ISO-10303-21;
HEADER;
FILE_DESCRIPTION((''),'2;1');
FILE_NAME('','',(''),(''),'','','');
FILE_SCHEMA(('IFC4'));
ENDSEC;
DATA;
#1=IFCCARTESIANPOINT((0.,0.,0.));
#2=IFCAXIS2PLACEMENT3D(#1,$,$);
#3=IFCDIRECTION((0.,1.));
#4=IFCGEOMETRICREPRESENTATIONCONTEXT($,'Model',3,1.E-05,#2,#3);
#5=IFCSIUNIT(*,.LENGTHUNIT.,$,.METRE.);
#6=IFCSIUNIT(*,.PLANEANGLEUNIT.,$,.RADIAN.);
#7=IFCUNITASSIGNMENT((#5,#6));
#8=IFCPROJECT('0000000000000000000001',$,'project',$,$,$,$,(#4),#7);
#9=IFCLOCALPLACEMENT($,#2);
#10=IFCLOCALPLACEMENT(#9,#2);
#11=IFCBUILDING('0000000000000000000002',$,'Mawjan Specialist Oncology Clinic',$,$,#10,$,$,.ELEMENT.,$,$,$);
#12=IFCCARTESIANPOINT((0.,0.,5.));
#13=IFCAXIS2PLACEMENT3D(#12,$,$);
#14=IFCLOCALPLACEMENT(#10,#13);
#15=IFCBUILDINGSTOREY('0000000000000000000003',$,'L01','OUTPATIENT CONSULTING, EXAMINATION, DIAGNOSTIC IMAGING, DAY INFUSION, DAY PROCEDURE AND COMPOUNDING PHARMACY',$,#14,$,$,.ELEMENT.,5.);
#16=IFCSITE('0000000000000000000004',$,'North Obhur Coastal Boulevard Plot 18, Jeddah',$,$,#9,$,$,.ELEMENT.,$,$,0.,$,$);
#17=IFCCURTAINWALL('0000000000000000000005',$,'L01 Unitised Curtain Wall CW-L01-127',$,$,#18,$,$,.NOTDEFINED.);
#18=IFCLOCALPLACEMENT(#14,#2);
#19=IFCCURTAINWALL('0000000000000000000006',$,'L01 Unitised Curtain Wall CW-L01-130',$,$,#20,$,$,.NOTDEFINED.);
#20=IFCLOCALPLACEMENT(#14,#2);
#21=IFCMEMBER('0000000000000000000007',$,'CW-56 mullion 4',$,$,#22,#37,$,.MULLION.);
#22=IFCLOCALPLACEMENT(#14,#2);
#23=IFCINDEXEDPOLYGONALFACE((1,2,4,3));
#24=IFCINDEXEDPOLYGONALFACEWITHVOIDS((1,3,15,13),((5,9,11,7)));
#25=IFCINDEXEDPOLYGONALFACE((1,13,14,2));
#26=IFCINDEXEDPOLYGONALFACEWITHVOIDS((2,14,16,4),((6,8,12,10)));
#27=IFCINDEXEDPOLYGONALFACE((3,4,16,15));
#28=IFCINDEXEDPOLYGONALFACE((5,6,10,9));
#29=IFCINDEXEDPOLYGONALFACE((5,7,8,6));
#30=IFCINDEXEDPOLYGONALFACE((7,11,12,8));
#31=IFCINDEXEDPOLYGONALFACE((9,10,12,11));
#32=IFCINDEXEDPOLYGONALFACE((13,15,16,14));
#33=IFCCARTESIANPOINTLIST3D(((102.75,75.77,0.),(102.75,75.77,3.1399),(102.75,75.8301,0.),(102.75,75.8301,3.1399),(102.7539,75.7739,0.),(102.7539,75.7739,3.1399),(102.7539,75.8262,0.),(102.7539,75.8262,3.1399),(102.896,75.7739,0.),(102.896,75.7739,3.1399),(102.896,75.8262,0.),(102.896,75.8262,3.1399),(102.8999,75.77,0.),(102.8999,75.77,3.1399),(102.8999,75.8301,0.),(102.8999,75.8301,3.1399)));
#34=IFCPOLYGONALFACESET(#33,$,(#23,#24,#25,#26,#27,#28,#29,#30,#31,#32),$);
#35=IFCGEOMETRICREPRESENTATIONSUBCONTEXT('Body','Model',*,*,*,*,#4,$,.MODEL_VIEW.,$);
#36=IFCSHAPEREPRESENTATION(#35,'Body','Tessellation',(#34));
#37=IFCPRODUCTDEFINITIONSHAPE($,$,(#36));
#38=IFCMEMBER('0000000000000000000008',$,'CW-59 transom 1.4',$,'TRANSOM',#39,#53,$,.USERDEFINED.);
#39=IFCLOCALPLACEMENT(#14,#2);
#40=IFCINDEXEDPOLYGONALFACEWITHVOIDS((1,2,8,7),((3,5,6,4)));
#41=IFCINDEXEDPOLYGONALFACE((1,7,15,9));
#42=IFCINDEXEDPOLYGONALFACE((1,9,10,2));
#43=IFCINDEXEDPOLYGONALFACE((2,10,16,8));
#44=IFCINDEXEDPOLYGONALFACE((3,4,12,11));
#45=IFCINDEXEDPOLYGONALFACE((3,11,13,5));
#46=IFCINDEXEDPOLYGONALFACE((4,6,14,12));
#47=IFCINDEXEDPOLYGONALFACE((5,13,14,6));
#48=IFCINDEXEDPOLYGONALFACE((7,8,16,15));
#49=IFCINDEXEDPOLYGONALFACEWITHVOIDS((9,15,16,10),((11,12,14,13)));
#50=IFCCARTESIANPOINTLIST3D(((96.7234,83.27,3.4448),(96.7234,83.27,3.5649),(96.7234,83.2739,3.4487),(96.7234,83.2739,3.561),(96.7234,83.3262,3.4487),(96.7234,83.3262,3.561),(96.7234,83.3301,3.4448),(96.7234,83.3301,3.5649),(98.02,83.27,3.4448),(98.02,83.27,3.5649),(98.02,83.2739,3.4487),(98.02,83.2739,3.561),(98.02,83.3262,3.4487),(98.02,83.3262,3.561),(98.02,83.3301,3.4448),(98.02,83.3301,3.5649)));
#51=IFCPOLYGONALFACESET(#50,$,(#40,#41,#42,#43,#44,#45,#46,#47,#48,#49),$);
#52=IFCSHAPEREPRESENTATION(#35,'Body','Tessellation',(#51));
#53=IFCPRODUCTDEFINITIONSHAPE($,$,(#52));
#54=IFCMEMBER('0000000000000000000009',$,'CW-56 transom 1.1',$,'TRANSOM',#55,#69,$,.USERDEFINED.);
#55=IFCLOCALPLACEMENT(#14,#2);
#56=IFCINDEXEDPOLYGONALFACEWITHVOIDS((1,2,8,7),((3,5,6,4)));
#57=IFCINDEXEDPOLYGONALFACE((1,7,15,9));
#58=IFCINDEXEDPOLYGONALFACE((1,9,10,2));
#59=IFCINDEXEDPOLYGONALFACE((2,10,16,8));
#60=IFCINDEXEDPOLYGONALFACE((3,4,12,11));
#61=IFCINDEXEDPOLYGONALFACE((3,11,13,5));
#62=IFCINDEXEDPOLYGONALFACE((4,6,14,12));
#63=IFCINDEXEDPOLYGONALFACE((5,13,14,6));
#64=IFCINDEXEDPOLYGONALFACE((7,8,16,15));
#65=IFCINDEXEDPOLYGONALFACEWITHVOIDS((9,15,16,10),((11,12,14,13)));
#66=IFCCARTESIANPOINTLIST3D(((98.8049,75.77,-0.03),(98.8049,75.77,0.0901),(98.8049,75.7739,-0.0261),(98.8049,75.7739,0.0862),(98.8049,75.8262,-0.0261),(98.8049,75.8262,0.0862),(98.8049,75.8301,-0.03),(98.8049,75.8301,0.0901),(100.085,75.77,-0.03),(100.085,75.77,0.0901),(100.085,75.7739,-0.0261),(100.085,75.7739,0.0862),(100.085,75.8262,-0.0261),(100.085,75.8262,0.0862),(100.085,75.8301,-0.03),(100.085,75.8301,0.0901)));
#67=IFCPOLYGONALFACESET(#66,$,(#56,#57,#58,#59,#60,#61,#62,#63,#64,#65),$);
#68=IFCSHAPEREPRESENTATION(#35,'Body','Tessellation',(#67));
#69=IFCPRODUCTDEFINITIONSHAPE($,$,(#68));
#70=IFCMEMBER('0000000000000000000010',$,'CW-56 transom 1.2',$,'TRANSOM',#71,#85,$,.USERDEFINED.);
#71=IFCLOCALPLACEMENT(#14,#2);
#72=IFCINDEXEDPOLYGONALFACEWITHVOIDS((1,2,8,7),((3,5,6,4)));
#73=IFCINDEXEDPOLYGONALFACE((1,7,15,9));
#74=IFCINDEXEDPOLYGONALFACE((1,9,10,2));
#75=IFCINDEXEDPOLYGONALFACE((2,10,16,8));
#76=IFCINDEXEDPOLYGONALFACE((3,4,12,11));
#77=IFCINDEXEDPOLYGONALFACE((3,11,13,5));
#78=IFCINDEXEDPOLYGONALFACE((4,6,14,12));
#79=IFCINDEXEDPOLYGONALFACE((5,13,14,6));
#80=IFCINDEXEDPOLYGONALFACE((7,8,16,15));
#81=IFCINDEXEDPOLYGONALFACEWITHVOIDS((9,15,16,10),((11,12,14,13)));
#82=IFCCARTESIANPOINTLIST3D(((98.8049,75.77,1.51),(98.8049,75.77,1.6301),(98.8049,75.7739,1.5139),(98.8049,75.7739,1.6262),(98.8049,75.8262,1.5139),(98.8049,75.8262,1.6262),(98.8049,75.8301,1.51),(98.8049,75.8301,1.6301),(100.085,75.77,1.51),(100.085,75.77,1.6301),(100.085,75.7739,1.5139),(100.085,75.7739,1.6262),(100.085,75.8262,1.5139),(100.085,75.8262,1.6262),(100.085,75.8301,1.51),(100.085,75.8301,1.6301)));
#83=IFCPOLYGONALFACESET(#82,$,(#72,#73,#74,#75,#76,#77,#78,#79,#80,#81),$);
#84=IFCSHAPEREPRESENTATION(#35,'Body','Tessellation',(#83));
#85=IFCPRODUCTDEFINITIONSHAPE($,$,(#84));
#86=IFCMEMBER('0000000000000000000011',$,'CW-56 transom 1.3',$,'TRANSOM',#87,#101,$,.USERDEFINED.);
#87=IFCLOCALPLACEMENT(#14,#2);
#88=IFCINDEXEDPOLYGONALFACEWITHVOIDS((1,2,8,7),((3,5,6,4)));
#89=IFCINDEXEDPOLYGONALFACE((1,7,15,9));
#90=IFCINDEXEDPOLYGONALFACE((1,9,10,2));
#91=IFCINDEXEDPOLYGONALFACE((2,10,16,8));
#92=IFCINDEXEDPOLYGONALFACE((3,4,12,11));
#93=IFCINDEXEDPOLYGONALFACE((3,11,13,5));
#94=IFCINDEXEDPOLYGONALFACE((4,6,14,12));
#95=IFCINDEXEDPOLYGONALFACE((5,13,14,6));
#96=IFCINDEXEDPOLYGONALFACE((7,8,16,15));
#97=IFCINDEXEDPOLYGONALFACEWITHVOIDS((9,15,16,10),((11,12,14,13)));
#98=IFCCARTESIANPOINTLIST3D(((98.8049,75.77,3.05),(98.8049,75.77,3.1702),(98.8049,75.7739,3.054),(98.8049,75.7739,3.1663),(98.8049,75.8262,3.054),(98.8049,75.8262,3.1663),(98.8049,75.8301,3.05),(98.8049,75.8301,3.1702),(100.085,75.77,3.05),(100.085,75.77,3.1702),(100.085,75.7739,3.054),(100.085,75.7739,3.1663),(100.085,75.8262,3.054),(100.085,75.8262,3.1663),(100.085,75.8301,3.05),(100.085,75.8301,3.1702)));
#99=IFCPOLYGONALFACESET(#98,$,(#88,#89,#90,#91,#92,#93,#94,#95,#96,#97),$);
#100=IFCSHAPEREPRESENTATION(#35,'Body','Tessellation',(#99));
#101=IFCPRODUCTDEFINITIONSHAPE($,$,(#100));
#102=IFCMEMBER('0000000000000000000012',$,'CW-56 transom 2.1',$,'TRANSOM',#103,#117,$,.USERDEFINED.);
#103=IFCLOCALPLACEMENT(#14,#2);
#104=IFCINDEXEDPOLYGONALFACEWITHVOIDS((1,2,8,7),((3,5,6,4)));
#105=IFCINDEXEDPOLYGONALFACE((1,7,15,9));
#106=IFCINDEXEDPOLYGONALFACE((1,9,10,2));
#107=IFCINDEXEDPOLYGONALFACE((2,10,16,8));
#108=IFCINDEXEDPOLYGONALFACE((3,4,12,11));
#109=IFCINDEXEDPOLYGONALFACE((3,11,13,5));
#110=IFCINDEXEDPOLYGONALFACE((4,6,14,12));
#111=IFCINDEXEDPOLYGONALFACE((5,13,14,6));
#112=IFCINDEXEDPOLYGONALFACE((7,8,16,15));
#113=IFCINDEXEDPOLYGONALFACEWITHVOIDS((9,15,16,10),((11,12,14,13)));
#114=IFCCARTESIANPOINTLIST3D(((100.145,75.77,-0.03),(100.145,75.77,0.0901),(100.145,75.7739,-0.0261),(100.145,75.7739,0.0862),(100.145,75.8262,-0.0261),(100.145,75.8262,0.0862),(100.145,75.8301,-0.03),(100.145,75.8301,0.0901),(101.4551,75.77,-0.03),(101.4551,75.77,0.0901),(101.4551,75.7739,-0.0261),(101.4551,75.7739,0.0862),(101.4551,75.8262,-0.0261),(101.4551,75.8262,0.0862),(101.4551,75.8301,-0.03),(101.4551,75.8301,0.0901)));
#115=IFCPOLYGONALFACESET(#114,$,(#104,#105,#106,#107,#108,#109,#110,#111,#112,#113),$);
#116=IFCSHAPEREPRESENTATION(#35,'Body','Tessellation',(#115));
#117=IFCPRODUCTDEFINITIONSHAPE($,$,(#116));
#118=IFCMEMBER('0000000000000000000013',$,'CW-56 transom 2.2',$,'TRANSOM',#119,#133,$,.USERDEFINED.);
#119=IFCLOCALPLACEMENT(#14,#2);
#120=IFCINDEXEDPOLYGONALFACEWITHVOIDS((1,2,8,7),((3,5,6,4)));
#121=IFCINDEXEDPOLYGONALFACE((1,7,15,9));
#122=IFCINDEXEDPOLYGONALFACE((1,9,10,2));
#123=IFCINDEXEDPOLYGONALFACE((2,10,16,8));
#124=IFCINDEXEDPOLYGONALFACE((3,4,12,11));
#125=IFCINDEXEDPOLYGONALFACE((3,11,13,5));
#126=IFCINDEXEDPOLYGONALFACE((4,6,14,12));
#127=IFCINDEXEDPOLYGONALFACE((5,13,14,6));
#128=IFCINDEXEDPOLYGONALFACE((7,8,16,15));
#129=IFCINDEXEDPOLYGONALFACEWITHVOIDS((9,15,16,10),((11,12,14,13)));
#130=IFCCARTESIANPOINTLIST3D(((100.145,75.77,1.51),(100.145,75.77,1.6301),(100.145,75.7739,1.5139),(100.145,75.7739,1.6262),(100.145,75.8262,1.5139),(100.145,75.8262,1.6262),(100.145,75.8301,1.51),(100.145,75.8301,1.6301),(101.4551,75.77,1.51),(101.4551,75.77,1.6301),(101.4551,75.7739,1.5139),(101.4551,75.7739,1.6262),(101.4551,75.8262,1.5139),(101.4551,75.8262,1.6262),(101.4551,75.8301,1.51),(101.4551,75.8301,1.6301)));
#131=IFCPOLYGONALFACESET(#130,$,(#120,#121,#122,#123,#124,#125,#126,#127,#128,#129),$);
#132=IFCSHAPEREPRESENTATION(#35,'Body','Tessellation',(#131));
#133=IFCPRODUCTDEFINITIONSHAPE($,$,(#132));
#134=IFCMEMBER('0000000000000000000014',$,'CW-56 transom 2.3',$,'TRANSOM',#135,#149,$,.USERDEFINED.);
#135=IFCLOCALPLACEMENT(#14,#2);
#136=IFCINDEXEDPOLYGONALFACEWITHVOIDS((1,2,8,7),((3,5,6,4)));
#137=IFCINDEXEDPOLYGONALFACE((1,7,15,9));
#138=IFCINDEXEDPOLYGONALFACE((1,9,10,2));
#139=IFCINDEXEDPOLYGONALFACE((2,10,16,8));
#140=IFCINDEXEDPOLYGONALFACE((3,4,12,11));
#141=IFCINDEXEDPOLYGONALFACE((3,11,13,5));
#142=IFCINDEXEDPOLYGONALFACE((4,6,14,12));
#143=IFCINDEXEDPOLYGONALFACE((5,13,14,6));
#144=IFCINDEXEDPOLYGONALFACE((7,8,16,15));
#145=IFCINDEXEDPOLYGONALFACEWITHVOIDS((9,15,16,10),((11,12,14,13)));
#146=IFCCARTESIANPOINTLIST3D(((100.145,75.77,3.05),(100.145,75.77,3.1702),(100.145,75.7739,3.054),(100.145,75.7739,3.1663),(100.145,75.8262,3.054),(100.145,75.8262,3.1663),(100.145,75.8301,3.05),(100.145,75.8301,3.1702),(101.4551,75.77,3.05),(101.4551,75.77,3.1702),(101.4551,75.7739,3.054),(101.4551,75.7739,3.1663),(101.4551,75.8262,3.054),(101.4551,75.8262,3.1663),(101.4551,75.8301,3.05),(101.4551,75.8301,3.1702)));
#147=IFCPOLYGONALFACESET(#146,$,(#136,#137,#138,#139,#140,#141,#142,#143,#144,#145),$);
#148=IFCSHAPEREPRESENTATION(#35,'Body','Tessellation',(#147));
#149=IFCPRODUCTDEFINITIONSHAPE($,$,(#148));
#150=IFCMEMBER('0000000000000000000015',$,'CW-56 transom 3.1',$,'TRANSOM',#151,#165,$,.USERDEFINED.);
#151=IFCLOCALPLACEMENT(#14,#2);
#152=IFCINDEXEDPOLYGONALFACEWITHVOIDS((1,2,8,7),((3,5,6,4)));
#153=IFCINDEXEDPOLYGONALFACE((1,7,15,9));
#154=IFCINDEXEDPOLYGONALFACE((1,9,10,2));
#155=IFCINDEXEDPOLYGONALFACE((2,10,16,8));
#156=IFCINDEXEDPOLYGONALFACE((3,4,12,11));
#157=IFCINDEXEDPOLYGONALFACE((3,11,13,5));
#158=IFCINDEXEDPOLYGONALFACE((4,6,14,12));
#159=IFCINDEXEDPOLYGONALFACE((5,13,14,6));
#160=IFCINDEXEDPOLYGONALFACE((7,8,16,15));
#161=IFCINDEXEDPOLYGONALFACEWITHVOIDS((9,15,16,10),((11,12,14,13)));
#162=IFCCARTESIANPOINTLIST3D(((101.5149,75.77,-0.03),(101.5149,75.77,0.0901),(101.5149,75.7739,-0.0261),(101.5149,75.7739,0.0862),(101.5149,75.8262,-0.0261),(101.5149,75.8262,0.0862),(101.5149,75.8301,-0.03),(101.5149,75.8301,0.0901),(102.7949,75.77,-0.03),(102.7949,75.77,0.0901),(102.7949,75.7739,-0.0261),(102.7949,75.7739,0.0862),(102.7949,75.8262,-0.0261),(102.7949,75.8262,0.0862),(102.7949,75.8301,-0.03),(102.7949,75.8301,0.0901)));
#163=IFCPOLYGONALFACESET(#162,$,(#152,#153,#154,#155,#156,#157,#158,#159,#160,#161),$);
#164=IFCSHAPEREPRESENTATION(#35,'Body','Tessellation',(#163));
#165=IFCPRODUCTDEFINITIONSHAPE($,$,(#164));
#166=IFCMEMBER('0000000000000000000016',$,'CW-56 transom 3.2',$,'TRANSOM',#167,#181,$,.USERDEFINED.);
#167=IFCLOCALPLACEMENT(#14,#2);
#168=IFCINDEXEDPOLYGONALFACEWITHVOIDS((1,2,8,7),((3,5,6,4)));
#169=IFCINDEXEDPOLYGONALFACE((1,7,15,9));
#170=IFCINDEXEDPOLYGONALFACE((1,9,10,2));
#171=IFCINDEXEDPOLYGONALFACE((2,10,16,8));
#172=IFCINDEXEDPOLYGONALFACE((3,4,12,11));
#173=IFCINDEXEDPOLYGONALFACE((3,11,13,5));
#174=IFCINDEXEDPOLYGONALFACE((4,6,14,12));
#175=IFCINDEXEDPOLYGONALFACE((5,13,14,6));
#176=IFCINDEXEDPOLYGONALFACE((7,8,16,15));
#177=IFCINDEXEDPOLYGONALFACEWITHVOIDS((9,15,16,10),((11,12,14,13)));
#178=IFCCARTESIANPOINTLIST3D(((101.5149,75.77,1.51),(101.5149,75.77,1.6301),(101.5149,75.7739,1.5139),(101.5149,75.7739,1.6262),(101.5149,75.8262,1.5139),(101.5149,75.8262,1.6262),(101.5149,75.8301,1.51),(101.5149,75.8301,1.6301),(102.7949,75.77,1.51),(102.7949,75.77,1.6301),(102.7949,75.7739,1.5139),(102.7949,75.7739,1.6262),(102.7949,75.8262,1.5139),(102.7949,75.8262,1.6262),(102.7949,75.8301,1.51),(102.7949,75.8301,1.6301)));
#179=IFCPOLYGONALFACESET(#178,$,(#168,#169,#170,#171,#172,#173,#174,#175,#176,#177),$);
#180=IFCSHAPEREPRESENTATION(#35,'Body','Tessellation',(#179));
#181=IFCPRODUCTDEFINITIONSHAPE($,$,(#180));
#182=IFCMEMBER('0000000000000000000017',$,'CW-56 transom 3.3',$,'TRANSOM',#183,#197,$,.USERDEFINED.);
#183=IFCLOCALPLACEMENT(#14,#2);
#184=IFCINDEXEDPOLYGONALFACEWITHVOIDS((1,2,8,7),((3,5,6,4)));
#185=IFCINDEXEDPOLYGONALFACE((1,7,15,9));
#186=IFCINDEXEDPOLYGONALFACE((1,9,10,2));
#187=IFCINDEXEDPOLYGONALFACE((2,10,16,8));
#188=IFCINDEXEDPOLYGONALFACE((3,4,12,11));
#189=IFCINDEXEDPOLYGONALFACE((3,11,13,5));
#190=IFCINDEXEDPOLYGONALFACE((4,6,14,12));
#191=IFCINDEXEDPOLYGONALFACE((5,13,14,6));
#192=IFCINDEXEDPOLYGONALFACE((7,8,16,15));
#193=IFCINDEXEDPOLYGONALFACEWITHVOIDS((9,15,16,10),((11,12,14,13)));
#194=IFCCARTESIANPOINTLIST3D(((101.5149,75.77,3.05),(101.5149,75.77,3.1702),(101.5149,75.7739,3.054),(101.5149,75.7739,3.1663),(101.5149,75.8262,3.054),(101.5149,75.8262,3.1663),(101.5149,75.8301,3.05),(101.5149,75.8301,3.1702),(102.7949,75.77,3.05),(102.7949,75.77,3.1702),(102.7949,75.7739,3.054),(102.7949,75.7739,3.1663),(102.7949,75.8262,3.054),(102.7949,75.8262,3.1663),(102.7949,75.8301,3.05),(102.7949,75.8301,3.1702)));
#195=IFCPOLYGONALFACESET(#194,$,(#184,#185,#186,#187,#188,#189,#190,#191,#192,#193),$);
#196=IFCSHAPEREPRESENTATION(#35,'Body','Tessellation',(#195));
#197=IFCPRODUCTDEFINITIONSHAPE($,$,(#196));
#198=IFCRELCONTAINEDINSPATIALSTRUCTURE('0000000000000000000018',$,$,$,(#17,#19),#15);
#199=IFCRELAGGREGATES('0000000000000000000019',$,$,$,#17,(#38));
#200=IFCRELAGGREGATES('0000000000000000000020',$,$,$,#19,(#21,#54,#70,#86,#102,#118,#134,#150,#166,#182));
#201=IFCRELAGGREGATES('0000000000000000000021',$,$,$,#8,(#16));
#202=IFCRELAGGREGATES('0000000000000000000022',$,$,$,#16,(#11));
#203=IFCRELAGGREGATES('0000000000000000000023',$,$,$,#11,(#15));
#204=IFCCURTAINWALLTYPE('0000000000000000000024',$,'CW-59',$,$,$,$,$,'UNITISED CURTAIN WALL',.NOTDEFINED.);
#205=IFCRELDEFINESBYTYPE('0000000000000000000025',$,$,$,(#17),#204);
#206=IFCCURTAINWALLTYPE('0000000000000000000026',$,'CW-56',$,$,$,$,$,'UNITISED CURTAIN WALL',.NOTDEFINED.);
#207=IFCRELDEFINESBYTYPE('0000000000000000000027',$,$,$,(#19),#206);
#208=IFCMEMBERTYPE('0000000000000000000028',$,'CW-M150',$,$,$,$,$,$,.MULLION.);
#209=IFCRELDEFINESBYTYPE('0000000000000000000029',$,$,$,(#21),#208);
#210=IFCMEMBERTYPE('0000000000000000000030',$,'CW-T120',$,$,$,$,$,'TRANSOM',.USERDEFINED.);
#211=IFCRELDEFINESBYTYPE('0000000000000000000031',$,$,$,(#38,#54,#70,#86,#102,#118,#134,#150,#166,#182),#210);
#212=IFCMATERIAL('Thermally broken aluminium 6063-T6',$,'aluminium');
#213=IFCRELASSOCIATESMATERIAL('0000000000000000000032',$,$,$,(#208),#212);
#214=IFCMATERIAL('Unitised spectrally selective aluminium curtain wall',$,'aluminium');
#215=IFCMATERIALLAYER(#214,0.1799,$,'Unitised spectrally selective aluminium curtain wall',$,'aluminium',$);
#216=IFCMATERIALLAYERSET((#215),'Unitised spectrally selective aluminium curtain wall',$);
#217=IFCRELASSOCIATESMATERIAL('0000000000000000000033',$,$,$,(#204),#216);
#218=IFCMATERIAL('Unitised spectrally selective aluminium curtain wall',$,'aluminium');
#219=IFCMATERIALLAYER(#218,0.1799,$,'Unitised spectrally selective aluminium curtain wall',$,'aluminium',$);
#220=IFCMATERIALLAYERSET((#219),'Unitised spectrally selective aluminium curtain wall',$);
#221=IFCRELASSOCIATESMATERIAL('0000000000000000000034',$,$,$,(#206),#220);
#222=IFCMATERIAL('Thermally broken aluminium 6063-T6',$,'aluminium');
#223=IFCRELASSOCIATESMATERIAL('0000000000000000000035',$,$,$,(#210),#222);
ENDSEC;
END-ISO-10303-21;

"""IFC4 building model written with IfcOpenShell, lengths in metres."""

from ifc_helpers import new_model, si_unit, direction, frame, origin, origin_2d, place, context, subcontext, project, spatial, hollow_rectangle, extrude, material, layer, layer_set, material_profile, profile_set, type_object, element, aggregate, save


model = new_model("IFC4")

# Units and contexts
model_context = context("Model", 3, precision=1e-05, world=origin(), true_north=direction((0.0, 1.0)))
body_context = subcontext(model_context, "Body", "Model", "MODEL_VIEW")
ifc_project = project(units=[si_unit("LENGTHUNIT", "METRE"), si_unit("PLANEANGLEUNIT", "RADIAN")], contexts=[model_context])

# Site, building, storey
site_placement = place(None, origin())
site = spatial("IfcSite", under=ifc_project, at=site_placement, Name="North Obhur Coastal Boulevard Plot 18, Jeddah", CompositionType="ELEMENT", RefElevation=0.0)
building_placement = place(site_placement, origin())
building = spatial("IfcBuilding", under=site, at=building_placement, Name="Mawjan Specialist Oncology Clinic", CompositionType="ELEMENT")
storey_placement = place(building_placement, frame((0.0, 0.0, 5.0)))
storey = spatial("IfcBuildingStorey", under=building, at=storey_placement, Name="L01", Description="OUTPATIENT CONSULTING, EXAMINATION, DIAGNOSTIC IMAGING, DAY INFUSION, DAY PROCEDURE AND COMPOUNDING PHARMACY", CompositionType="ELEMENT", Elevation=5.0)

# Curtain wall
ifc_material_1 = material(Name="Thermally broken aluminium 6063-T6", Category="aluminium")
ifc_material_profile_1 = material_profile(ifc_material_1, hollow_rectangle(XDim=0.0601, YDim=0.1499, WallThickness=0.0039, at=origin_2d()), Name="ALU MULLION 150x60x4", Category="aluminium")
ifc_profile_set_1 = profile_set([ifc_material_profile_1], Name="Thermally broken aluminium 6063-T6")
member_type_1 = type_object("IfcMemberType", Name="CW-M150", PredefinedType="MULLION", material=ifc_profile_set_1)
ifc_material_2 = material(Name="Unitised spectrally selective aluminium curtain wall", Category="aluminium")
ifc_layer_1 = layer(ifc_material_2, 0.1799, Name="Unitised spectrally selective aluminium curtain wall", Category="aluminium")
ifc_layer_set_1 = layer_set([ifc_layer_1], Name="Unitised spectrally selective aluminium curtain wall")
curtain_wall_type_1 = type_object("IfcCurtainWallType", Name="CW-59", ElementType="UNITISED CURTAIN WALL", PredefinedType="NOTDEFINED", material=ifc_layer_set_1)
curtain_wall_1_placement = place(storey_placement, origin())
curtain_wall_1 = element("IfcCurtainWall", 1, at=curtain_wall_1_placement, inside=storey, type_object=curtain_wall_type_1, Name="L01 Unitised Curtain Wall CW-L01-127", PredefinedType="NOTDEFINED")
ifc_material_3 = material(Name="Unitised spectrally selective aluminium curtain wall", Category="aluminium")
ifc_layer_2 = layer(ifc_material_3, 0.1799, Name="Unitised spectrally selective aluminium curtain wall", Category="aluminium")
ifc_layer_set_2 = layer_set([ifc_layer_2], Name="Unitised spectrally selective aluminium curtain wall")
curtain_wall_type_2 = type_object("IfcCurtainWallType", Name="CW-56", ElementType="UNITISED CURTAIN WALL", PredefinedType="NOTDEFINED", material=ifc_layer_set_2)

# Curtain wall, member
curtain_wall_2_placement = place(storey_placement, origin())
curtain_wall_2 = element("IfcCurtainWall", 2, at=curtain_wall_2_placement, inside=storey, type_object=curtain_wall_type_2, Name="L01 Unitised Curtain Wall CW-L01-130", PredefinedType="NOTDEFINED")
member_1_placement = place(storey_placement, frame((102.825, 75.8, 0.0), z_axis=(0.0, 0.0, 1.0), x_axis=(0.0, 1.0, 0.0)))
member_1 = element("IfcMember", 3, at=member_1_placement, type_object=member_type_1, Name="CW-56 mullion 4", PredefinedType="MULLION", context=body_context, shape_type="SweptSolid", body=[
    extrude(hollow_rectangle(XDim=0.0601, YDim=0.1499, WallThickness=0.0039, at=origin_2d()), origin(), (0.0, 0.0, 1.0), 3.1399),
])

# Members
ifc_material_4 = material(Name="Thermally broken aluminium 6063-T6", Category="aluminium")
ifc_material_profile_2 = material_profile(ifc_material_4, hollow_rectangle(XDim=0.0601, YDim=0.1201, WallThickness=0.0039, at=origin_2d()), Name="ALU TRANSOM 120x60x4", Category="aluminium")
ifc_profile_set_2 = profile_set([ifc_material_profile_2], Name="Thermally broken aluminium 6063-T6")
member_type_2 = type_object("IfcMemberType", Name="CW-T120", ElementType="TRANSOM", PredefinedType="USERDEFINED", material=ifc_profile_set_2)
member_2_placement = place(storey_placement, frame((98.02, 83.3, 3.5049), z_axis=(-1.0, 0.0, 0.0), x_axis=(0.0, -1.0, 0.0)))
member_2 = element("IfcMember", 4, at=member_2_placement, type_object=member_type_2, Name="CW-59 transom 1.4", ObjectType="TRANSOM", PredefinedType="USERDEFINED", context=body_context, shape_type="SweptSolid", body=[
    extrude(hollow_rectangle(XDim=0.0601, YDim=0.1201, WallThickness=0.0039, at=origin_2d()), origin(), (0.0, 0.0, 1.0), 1.2966),
])
aggregate(curtain_wall_1, [member_2])
member_3_placement = place(storey_placement, frame((98.8049, 75.8, 0.03), z_axis=(1.0, 0.0, 0.0), x_axis=(0.0, 1.0, 0.0)))
member_3 = element("IfcMember", 5, at=member_3_placement, type_object=member_type_2, Name="CW-56 transom 1.1", ObjectType="TRANSOM", PredefinedType="USERDEFINED", context=body_context, shape_type="SweptSolid", body=[
    extrude(hollow_rectangle(XDim=0.0601, YDim=0.1201, WallThickness=0.0039, at=origin_2d()), origin(), (0.0, 0.0, 1.0), 1.28),
])
member_4_placement = place(storey_placement, frame((98.8049, 75.8, 1.5701), z_axis=(1.0, 0.0, 0.0), x_axis=(0.0, 1.0, 0.0)))
member_4 = element("IfcMember", 6, at=member_4_placement, type_object=member_type_2, Name="CW-56 transom 1.2", ObjectType="TRANSOM", PredefinedType="USERDEFINED", context=body_context, shape_type="SweptSolid", body=[
    extrude(hollow_rectangle(XDim=0.0601, YDim=0.1201, WallThickness=0.0039, at=origin_2d()), origin(), (0.0, 0.0, 1.0), 1.28),
])
member_5_placement = place(storey_placement, frame((98.8049, 75.8, 3.1101), z_axis=(1.0, 0.0, 0.0), x_axis=(0.0, 1.0, 0.0)))
member_5 = element("IfcMember", 7, at=member_5_placement, type_object=member_type_2, Name="CW-56 transom 1.3", ObjectType="TRANSOM", PredefinedType="USERDEFINED", context=body_context, shape_type="SweptSolid", body=[
    extrude(hollow_rectangle(XDim=0.0601, YDim=0.1201, WallThickness=0.0039, at=origin_2d()), origin(), (0.0, 0.0, 1.0), 1.28),
])
member_6_placement = place(storey_placement, frame((100.145, 75.8, 0.03), z_axis=(1.0, 0.0, 0.0), x_axis=(0.0, 1.0, 0.0)))
member_6 = element("IfcMember", 8, at=member_6_placement, type_object=member_type_2, Name="CW-56 transom 2.1", ObjectType="TRANSOM", PredefinedType="USERDEFINED", context=body_context, shape_type="SweptSolid", body=[
    extrude(hollow_rectangle(XDim=0.0601, YDim=0.1201, WallThickness=0.0039, at=origin_2d()), origin(), (0.0, 0.0, 1.0), 1.3101),
])
member_7_placement = place(storey_placement, frame((100.145, 75.8, 1.5701), z_axis=(1.0, 0.0, 0.0), x_axis=(0.0, 1.0, 0.0)))
member_7 = element("IfcMember", 9, at=member_7_placement, type_object=member_type_2, Name="CW-56 transom 2.2", ObjectType="TRANSOM", PredefinedType="USERDEFINED", context=body_context, shape_type="SweptSolid", body=[
    extrude(hollow_rectangle(XDim=0.0601, YDim=0.1201, WallThickness=0.0039, at=origin_2d()), origin(), (0.0, 0.0, 1.0), 1.3101),
])
member_8_placement = place(storey_placement, frame((100.145, 75.8, 3.1101), z_axis=(1.0, 0.0, 0.0), x_axis=(0.0, 1.0, 0.0)))
member_8 = element("IfcMember", 10, at=member_8_placement, type_object=member_type_2, Name="CW-56 transom 2.3", ObjectType="TRANSOM", PredefinedType="USERDEFINED", context=body_context, shape_type="SweptSolid", body=[
    extrude(hollow_rectangle(XDim=0.0601, YDim=0.1201, WallThickness=0.0039, at=origin_2d()), origin(), (0.0, 0.0, 1.0), 1.3101),
])
member_9_placement = place(storey_placement, frame((101.5149, 75.8, 0.03), z_axis=(1.0, 0.0, 0.0), x_axis=(0.0, 1.0, 0.0)))
member_9 = element("IfcMember", 11, at=member_9_placement, type_object=member_type_2, Name="CW-56 transom 3.1", ObjectType="TRANSOM", PredefinedType="USERDEFINED", context=body_context, shape_type="SweptSolid", body=[
    extrude(hollow_rectangle(XDim=0.0601, YDim=0.1201, WallThickness=0.0039, at=origin_2d()), origin(), (0.0, 0.0, 1.0), 1.28),
])
member_10_placement = place(storey_placement, frame((101.5149, 75.8, 1.5701), z_axis=(1.0, 0.0, 0.0), x_axis=(0.0, 1.0, 0.0)))
member_10 = element("IfcMember", 12, at=member_10_placement, type_object=member_type_2, Name="CW-56 transom 3.2", ObjectType="TRANSOM", PredefinedType="USERDEFINED", context=body_context, shape_type="SweptSolid", body=[
    extrude(hollow_rectangle(XDim=0.0601, YDim=0.1201, WallThickness=0.0039, at=origin_2d()), origin(), (0.0, 0.0, 1.0), 1.28),
])
member_11_placement = place(storey_placement, frame((101.5149, 75.8, 3.1101), z_axis=(1.0, 0.0, 0.0), x_axis=(0.0, 1.0, 0.0)))
member_11 = element("IfcMember", 13, at=member_11_placement, type_object=member_type_2, Name="CW-56 transom 3.3", ObjectType="TRANSOM", PredefinedType="USERDEFINED", context=body_context, shape_type="SweptSolid", body=[
    extrude(hollow_rectangle(XDim=0.0601, YDim=0.1201, WallThickness=0.0039, at=origin_2d()), origin(), (0.0, 0.0, 1.0), 1.28),
])

aggregate(curtain_wall_2, [member_1, member_3, member_4, member_5, member_6, member_7, member_8, member_9, member_10, member_11])

save(model, "model.ifc")
